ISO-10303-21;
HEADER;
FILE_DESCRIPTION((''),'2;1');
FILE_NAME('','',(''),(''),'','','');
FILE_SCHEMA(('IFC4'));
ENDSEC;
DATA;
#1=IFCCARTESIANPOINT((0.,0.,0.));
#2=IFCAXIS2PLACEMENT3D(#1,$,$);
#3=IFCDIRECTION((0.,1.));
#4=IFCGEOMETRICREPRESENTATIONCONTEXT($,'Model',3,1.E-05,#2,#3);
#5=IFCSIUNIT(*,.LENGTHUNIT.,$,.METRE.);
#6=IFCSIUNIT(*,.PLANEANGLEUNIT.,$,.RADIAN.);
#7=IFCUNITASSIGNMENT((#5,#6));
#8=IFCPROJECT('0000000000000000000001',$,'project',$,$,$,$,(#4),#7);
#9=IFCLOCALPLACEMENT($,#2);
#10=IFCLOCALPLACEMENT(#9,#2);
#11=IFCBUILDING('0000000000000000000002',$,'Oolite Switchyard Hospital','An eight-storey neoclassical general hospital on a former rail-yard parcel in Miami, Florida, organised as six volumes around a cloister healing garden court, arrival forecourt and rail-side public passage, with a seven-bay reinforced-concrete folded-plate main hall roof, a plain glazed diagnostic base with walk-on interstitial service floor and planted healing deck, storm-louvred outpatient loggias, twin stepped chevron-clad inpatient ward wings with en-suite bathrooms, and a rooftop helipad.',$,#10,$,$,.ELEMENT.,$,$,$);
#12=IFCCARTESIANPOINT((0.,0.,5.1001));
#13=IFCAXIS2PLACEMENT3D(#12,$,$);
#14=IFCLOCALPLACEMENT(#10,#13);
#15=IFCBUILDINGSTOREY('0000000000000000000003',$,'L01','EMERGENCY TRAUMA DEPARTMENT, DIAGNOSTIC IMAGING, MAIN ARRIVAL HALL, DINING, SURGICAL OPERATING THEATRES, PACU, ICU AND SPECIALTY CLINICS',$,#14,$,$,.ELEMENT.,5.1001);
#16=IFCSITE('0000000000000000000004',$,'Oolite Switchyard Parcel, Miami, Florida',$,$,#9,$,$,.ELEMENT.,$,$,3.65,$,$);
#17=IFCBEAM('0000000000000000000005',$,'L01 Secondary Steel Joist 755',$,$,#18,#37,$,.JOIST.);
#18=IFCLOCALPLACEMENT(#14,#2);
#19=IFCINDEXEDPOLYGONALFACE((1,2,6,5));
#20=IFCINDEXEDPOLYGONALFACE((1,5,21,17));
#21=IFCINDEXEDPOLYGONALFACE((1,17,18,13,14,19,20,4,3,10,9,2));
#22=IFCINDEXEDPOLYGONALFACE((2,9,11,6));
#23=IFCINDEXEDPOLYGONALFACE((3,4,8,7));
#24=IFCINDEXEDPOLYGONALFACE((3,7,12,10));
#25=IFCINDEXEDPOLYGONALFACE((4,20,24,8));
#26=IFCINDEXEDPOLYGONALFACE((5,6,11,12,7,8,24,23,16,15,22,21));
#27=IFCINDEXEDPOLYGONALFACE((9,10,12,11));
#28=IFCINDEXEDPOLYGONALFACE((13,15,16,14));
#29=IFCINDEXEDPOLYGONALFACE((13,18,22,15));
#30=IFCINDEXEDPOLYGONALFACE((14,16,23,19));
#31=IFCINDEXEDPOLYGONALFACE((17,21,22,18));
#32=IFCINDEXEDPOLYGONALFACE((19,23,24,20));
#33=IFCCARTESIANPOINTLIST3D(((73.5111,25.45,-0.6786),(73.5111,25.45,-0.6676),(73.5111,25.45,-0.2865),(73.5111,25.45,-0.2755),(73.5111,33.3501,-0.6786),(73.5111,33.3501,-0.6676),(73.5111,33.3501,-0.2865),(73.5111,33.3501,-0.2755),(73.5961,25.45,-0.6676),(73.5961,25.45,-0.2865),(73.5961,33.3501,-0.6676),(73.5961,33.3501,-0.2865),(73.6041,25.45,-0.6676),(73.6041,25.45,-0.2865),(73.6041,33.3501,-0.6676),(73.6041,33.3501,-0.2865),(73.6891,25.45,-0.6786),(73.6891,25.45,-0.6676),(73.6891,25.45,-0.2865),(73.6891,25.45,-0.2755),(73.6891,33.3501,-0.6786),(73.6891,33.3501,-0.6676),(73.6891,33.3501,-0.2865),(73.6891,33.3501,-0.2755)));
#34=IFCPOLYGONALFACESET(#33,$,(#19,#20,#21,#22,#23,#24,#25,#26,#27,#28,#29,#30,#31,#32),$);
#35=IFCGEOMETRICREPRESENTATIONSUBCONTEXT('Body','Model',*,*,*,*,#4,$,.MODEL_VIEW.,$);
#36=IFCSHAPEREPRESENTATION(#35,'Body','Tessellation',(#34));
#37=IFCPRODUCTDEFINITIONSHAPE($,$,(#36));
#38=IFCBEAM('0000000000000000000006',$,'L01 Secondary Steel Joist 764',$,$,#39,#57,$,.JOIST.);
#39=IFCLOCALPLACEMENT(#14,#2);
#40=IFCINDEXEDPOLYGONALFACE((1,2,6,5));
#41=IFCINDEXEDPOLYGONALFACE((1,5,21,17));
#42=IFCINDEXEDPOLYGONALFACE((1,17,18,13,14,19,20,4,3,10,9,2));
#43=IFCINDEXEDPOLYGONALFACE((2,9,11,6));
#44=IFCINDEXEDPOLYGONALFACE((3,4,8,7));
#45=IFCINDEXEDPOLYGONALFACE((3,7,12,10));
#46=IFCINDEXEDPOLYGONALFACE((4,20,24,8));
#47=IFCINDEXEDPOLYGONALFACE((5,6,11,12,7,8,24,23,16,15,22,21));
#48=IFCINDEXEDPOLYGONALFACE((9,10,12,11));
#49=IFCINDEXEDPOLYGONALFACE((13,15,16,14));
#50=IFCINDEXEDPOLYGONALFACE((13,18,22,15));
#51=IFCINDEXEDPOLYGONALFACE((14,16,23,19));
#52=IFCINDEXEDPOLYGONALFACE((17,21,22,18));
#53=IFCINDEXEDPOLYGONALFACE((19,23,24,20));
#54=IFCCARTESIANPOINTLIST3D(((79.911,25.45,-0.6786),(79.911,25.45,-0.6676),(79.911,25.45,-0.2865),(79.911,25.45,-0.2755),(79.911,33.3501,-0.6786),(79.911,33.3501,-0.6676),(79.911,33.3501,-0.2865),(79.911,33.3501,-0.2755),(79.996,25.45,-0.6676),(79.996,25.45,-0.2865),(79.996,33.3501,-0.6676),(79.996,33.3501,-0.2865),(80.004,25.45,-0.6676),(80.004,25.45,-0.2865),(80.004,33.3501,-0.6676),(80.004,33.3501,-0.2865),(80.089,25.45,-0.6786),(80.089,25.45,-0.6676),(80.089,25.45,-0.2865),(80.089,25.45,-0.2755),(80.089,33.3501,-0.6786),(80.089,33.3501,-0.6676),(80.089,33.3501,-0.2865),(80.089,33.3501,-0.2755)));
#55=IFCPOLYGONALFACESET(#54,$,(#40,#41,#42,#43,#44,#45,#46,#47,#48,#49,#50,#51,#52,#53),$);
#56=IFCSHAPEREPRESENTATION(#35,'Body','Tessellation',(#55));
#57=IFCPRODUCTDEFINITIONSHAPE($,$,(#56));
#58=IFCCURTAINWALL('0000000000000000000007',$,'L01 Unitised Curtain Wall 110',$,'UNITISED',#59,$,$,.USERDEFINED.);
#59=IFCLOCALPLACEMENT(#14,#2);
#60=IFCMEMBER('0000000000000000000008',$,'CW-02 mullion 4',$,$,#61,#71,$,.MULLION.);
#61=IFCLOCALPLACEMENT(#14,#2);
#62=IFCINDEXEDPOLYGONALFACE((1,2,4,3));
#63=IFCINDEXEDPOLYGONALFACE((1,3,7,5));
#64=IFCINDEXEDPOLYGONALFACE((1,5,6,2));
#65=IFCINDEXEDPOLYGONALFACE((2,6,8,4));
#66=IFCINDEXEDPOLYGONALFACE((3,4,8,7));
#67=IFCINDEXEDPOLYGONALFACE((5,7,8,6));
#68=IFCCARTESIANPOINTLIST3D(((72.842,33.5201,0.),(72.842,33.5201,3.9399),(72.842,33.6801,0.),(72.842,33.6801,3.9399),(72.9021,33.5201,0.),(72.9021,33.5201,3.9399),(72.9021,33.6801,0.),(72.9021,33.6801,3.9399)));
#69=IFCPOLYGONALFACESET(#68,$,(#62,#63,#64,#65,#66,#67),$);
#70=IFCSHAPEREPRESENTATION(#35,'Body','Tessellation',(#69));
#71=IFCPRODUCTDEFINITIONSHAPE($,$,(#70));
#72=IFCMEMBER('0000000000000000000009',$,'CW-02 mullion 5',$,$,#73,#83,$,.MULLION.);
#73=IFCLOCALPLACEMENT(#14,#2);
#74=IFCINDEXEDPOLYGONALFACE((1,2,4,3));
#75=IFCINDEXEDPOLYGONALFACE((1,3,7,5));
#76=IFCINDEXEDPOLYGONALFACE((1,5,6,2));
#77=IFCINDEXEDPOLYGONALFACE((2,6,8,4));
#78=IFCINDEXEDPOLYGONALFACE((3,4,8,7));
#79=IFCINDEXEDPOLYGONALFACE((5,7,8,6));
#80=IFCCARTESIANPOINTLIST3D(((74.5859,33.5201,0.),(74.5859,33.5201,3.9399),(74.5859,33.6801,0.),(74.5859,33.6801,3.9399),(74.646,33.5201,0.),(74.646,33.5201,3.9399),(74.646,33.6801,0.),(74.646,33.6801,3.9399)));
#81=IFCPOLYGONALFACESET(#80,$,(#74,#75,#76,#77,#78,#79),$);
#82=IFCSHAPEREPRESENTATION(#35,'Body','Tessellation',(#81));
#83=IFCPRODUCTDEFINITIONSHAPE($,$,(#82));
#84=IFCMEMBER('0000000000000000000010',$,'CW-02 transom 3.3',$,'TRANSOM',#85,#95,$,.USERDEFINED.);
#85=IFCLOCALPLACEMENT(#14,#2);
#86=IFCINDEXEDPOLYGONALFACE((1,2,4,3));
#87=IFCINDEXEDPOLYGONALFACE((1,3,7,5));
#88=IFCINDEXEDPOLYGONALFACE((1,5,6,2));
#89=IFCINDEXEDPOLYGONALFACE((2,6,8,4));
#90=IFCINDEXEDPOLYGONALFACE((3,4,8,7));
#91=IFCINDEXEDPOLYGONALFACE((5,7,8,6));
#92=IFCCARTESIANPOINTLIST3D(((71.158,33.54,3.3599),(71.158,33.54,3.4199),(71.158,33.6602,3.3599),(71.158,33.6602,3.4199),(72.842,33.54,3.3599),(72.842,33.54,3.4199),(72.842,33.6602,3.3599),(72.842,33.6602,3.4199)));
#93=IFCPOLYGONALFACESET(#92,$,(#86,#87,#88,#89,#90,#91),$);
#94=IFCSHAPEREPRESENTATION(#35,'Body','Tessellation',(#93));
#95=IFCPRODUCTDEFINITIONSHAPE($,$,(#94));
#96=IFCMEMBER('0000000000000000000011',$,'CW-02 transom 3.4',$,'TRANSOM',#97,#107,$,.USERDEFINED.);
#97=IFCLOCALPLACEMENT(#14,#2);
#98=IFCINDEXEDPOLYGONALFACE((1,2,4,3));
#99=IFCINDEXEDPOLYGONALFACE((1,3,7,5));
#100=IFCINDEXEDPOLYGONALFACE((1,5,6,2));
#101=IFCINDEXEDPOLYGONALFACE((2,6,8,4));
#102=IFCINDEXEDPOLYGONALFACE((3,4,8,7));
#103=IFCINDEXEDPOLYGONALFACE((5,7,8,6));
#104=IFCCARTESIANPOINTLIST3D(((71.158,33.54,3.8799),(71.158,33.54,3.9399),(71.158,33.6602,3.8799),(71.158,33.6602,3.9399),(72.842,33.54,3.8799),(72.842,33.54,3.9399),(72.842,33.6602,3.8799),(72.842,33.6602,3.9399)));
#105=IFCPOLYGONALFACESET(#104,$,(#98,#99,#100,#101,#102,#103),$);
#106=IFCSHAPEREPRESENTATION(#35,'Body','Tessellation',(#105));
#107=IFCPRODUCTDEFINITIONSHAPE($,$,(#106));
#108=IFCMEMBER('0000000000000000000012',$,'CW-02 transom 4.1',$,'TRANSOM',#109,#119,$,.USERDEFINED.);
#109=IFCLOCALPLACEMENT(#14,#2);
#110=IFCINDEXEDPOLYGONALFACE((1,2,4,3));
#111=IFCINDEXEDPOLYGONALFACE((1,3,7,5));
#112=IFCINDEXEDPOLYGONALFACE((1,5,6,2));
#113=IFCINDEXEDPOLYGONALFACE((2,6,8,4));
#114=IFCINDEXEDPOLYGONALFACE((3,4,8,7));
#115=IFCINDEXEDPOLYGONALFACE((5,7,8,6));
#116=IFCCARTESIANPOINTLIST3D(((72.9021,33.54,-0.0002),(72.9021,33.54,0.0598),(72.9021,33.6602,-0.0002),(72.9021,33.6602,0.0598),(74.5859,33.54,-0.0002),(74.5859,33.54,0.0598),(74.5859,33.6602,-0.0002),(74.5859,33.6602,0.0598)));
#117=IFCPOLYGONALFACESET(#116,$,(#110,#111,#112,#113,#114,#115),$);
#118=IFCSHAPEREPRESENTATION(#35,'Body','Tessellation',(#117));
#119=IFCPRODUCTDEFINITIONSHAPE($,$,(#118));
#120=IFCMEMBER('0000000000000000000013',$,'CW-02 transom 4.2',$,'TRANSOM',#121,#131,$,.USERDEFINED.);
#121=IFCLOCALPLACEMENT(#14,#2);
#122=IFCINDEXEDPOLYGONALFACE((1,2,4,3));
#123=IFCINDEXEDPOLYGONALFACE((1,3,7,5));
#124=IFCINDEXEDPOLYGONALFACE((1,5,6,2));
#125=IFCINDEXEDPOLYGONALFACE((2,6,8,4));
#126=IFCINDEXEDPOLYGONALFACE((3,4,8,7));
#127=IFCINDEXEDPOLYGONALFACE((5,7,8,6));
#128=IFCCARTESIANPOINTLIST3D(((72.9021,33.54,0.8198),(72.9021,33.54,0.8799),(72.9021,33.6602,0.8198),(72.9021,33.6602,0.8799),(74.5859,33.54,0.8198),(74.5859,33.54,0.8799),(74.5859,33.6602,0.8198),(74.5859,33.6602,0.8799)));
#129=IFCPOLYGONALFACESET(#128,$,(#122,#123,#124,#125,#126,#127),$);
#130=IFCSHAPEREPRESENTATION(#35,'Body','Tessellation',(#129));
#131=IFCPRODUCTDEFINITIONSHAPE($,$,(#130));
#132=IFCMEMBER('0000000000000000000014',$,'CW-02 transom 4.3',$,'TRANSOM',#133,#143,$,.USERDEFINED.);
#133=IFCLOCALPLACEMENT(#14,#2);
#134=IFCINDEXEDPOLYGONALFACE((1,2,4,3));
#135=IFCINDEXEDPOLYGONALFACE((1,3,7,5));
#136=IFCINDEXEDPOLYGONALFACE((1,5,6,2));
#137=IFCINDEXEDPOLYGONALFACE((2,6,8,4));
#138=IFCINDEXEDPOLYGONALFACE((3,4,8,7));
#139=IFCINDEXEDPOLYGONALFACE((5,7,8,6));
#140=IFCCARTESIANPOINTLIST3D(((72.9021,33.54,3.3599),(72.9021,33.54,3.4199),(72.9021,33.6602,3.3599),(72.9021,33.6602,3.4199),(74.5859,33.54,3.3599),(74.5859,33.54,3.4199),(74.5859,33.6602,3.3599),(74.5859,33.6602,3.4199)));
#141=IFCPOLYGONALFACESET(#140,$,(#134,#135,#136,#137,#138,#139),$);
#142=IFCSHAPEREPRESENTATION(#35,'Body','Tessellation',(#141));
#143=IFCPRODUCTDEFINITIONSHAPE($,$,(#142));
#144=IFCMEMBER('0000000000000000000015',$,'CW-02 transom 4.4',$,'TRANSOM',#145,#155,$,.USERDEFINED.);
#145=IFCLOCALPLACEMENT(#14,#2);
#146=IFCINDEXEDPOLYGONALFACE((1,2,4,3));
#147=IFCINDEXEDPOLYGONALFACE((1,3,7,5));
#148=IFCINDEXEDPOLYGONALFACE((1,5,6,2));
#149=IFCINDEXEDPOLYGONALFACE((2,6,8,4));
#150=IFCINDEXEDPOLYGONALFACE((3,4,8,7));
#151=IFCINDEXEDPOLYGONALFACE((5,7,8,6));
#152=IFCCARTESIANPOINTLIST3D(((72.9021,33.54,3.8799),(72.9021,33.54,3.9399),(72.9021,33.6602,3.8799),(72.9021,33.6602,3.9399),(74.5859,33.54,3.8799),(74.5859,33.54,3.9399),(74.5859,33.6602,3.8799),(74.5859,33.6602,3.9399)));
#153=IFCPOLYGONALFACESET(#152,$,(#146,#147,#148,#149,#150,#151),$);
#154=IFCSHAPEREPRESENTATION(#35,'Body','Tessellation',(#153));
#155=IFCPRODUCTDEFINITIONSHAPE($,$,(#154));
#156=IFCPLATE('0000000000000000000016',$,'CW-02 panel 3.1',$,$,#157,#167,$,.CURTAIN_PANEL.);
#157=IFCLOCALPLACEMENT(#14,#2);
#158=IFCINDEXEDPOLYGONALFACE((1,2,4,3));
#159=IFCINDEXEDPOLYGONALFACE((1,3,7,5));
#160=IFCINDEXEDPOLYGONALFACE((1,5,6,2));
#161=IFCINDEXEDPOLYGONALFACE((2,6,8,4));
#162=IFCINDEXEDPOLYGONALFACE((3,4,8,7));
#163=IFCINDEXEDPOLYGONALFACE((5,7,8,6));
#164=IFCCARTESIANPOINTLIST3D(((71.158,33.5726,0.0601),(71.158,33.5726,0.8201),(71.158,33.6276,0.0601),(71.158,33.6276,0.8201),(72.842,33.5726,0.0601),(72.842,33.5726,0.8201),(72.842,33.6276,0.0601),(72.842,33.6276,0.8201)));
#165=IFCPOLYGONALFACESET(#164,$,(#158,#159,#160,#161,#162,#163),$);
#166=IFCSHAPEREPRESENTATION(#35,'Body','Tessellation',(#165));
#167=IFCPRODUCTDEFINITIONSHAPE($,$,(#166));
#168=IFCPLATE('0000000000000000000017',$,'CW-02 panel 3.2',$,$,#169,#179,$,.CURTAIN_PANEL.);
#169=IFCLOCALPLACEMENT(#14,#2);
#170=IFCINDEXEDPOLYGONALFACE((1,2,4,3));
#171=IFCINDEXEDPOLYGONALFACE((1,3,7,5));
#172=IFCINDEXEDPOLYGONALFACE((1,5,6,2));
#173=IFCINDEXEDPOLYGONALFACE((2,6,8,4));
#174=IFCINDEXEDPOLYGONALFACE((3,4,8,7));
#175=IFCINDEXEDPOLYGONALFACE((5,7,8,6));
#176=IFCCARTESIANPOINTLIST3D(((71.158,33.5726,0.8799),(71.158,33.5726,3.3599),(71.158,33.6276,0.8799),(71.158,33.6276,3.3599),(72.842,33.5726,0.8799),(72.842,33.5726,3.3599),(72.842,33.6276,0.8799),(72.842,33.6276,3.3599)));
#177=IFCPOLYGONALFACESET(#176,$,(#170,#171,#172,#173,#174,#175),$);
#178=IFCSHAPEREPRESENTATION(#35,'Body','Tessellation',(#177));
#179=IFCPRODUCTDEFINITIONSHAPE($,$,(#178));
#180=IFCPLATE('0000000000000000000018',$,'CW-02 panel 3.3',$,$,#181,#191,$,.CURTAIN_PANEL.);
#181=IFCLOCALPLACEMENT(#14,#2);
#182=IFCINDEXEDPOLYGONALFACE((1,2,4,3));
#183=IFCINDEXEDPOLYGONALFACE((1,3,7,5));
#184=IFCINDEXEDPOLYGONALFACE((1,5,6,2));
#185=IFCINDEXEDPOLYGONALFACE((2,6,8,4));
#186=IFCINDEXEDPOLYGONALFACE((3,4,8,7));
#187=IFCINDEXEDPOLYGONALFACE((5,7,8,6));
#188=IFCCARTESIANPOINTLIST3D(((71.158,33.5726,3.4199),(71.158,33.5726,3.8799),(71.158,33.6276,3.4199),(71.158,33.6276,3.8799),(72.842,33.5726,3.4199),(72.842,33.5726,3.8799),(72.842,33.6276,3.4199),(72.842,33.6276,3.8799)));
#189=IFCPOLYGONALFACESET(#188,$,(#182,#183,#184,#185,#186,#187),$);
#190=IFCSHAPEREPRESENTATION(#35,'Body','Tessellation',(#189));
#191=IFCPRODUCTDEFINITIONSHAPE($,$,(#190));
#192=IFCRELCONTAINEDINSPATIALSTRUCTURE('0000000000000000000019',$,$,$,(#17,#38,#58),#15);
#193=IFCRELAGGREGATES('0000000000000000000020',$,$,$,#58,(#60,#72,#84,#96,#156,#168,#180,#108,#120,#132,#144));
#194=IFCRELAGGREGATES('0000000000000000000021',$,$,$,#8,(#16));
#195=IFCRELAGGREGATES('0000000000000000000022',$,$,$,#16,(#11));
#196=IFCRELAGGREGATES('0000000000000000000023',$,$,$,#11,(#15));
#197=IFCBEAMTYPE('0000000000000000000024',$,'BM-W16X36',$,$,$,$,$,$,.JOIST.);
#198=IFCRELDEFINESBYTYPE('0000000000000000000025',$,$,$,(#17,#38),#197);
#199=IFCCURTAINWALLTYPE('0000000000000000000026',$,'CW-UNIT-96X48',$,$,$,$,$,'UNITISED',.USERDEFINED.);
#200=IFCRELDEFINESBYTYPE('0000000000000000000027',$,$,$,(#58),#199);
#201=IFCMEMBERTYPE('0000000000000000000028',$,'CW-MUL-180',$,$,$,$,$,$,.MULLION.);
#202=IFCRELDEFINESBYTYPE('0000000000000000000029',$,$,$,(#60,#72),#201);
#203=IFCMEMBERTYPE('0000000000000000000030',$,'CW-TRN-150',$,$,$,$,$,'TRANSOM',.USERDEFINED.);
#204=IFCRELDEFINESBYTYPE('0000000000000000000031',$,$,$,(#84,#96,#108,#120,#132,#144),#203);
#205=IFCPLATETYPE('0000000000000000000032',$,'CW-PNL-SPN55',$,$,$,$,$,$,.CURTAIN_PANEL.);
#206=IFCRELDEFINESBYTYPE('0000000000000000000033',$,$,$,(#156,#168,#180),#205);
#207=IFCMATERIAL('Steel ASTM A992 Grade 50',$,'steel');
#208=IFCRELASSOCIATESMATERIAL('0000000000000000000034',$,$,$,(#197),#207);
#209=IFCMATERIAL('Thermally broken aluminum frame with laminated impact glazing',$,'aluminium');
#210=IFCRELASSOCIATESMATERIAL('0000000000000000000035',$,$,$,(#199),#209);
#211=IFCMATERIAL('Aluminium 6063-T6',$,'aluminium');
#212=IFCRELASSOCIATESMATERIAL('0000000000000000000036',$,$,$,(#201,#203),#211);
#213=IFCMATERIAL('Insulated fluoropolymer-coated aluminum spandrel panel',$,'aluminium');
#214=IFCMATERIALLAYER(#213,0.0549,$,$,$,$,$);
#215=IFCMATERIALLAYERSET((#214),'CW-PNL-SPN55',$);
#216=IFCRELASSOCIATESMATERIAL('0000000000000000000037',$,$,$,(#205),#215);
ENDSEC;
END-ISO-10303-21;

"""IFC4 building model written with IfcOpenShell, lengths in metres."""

from ifc_helpers import new_model, si_unit, direction, frame, origin, origin_2d, place, context, subcontext, project, spatial, rectangle, i_section, extrude, material, layer, layer_set, material_profile, profile_set, type_object, element, aggregate, save


model = new_model("IFC4")

# Units and contexts
model_context = context("Model", 3, precision=1e-05, world=origin(), true_north=direction((0.0, 1.0)))
body_context = subcontext(model_context, "Body", "Model", "MODEL_VIEW")
ifc_project = project(units=[si_unit("LENGTHUNIT", "METRE"), si_unit("PLANEANGLEUNIT", "RADIAN")], contexts=[model_context])

# Site, building, storey
site_placement = place(None, origin())
site = spatial("IfcSite", under=ifc_project, at=site_placement, Name="Oolite Switchyard Parcel, Miami, Florida", CompositionType="ELEMENT", RefElevation=3.65)
building_placement = place(site_placement, origin())
building = spatial("IfcBuilding", under=site, at=building_placement, Name="Oolite Switchyard Hospital", Description="An eight-storey neoclassical general hospital on a former rail-yard parcel in Miami, Florida, organised as six volumes around a cloister healing garden court, arrival forecourt and rail-side public passage, with a seven-bay reinforced-concrete folded-plate main hall roof, a plain glazed diagnostic base with walk-on interstitial service floor and planted healing deck, storm-louvred outpatient loggias, twin stepped chevron-clad inpatient ward wings with en-suite bathrooms, and a rooftop helipad.", CompositionType="ELEMENT")
storey_placement = place(building_placement, frame((0.0, 0.0, 5.1001)))
storey = spatial("IfcBuildingStorey", under=building, at=storey_placement, Name="L01", Description="EMERGENCY TRAUMA DEPARTMENT, DIAGNOSTIC IMAGING, MAIN ARRIVAL HALL, DINING, SURGICAL OPERATING THEATRES, PACU, ICU AND SPECIALTY CLINICS", CompositionType="ELEMENT", Elevation=5.1001)

# Beams
ifc_material_1 = material(Name="Steel ASTM A992 Grade 50", Category="steel")
ifc_material_profile_1 = material_profile(ifc_material_1, i_section(OverallWidth=0.178, OverallDepth=0.4031, WebThickness=0.0081, FlangeThickness=0.011, at=origin_2d()), Name="W16X36")
ifc_profile_set_1 = profile_set([ifc_material_profile_1], Name="Steel ASTM A992 Grade 50")
beam_type_1 = type_object("IfcBeamType", Name="BM-W16X36", PredefinedType="JOIST", material=ifc_profile_set_1)
for number, where, z_axis, x_axis, name in (
    (1, (73.6001, 25.45, -0.4771), (0.0, 1.0, 0.0), (-1.0, 0.0, 0.0), "L01 Secondary Steel Joist 755"),
    (2, (80.0, 25.45, -0.4771), (0.0, 1.0, 0.0), (-1.0, 0.0, 0.0), "L01 Secondary Steel Joist 764"),
):
    element("IfcBeam", number, at=place(storey_placement, frame(where, z_axis=z_axis, x_axis=x_axis)), inside=storey, type_object=beam_type_1, Name=name, PredefinedType="JOIST", context=body_context, shape_type="SweptSolid", body=[
        extrude(i_section(OverallWidth=0.178, OverallDepth=0.4031, WebThickness=0.0081, FlangeThickness=0.011, at=origin_2d()), origin(), (0.0, 0.0, 1.0), 7.9001),
    ])

# Curtain wall, members, plates
ifc_material_2 = material(Name="Thermally broken aluminum frame with laminated impact glazing", Category="aluminium")
curtain_wall_type = type_object("IfcCurtainWallType", Name="CW-UNIT-96X48", ElementType="UNITISED", PredefinedType="USERDEFINED", material=ifc_material_2)
curtain_wall_placement = place(storey_placement, origin())
curtain_wall = element("IfcCurtainWall", 3, at=curtain_wall_placement, inside=storey, type_object=curtain_wall_type, Name="L01 Unitised Curtain Wall 110", ObjectType="UNITISED", PredefinedType="USERDEFINED")
ifc_material_3 = material(Name="Aluminium 6063-T6", Category="aluminium")
ifc_material_profile_2 = material_profile(ifc_material_3, rectangle(XDim=0.1599, YDim=0.0601, at=origin_2d()), Name="CWM60X160")
ifc_profile_set_2 = profile_set([ifc_material_profile_2], Name="Aluminium 6063-T6")
member_type_1 = type_object("IfcMemberType", Name="CW-MUL-180", PredefinedType="MULLION", material=ifc_profile_set_2)
member_1_placement = place(storey_placement, frame((72.8721, 33.6001, 0.0), z_axis=(0.0, 0.0, 1.0), x_axis=(0.0, 1.0, 0.0)))
member_1 = element("IfcMember", 4, at=member_1_placement, type_object=member_type_1, Name="CW-02 mullion 4", PredefinedType="MULLION", context=body_context, shape_type="SweptSolid", body=[
    extrude(rectangle(XDim=0.1599, YDim=0.0601, at=origin_2d()), origin(), (0.0, 0.0, 1.0), 3.9399),
])
member_2_placement = place(storey_placement, frame((74.616, 33.6001, 0.0), z_axis=(0.0, 0.0, 1.0), x_axis=(0.0, 1.0, 0.0)))
member_2 = element("IfcMember", 5, at=member_2_placement, type_object=member_type_1, Name="CW-02 mullion 5", PredefinedType="MULLION", context=body_context, shape_type="SweptSolid", body=[
    extrude(rectangle(XDim=0.1599, YDim=0.0601, at=origin_2d()), origin(), (0.0, 0.0, 1.0), 3.9399),
])
ifc_material_profile_3 = material_profile(ifc_material_3, rectangle(XDim=0.1201, YDim=0.0601, at=origin_2d()), Name="CWT60X120")
ifc_profile_set_3 = profile_set([ifc_material_profile_3], Name="Aluminium 6063-T6")
member_type_2 = type_object("IfcMemberType", Name="CW-TRN-150", ElementType="TRANSOM", PredefinedType="USERDEFINED", material=ifc_profile_set_3)
member_3_placement = place(storey_placement, frame((71.158, 33.6001, 3.3899), z_axis=(1.0, 0.0, 0.0), x_axis=(0.0, 1.0, 0.0)))
member_3 = element("IfcMember", 6, at=member_3_placement, type_object=member_type_2, Name="CW-02 transom 3.3", ObjectType="TRANSOM", PredefinedType="USERDEFINED", context=body_context, shape_type="SweptSolid", body=[
    extrude(rectangle(XDim=0.1201, YDim=0.0601, at=origin_2d()), origin(), (0.0, 0.0, 1.0), 1.6841),
])
member_4_placement = place(storey_placement, frame((71.158, 33.6001, 3.9099), z_axis=(1.0, 0.0, 0.0), x_axis=(0.0, 1.0, 0.0)))
member_4 = element("IfcMember", 7, at=member_4_placement, type_object=member_type_2, Name="CW-02 transom 3.4", ObjectType="TRANSOM", PredefinedType="USERDEFINED", context=body_context, shape_type="SweptSolid", body=[
    extrude(rectangle(XDim=0.1201, YDim=0.0601, at=origin_2d()), origin(), (0.0, 0.0, 1.0), 1.6841),
])
member_5_placement = place(storey_placement, frame((72.9021, 33.6001, 0.0298), z_axis=(1.0, 0.0, 0.0), x_axis=(0.0, 1.0, 0.0)))
member_5 = element("IfcMember", 8, at=member_5_placement, type_object=member_type_2, Name="CW-02 transom 4.1", ObjectType="TRANSOM", PredefinedType="USERDEFINED", context=body_context, shape_type="SweptSolid", body=[
    extrude(rectangle(XDim=0.1201, YDim=0.0601, at=origin_2d()), origin(), (0.0, 0.0, 1.0), 1.6838),
])
member_6_placement = place(storey_placement, frame((72.9021, 33.6001, 0.8499), z_axis=(1.0, 0.0, 0.0), x_axis=(0.0, 1.0, 0.0)))
member_6 = element("IfcMember", 9, at=member_6_placement, type_object=member_type_2, Name="CW-02 transom 4.2", ObjectType="TRANSOM", PredefinedType="USERDEFINED", context=body_context, shape_type="SweptSolid", body=[
    extrude(rectangle(XDim=0.1201, YDim=0.0601, at=origin_2d()), origin(), (0.0, 0.0, 1.0), 1.6838),
])
member_7_placement = place(storey_placement, frame((72.9021, 33.6001, 3.3899), z_axis=(1.0, 0.0, 0.0), x_axis=(0.0, 1.0, 0.0)))
member_7 = element("IfcMember", 10, at=member_7_placement, type_object=member_type_2, Name="CW-02 transom 4.3", ObjectType="TRANSOM", PredefinedType="USERDEFINED", context=body_context, shape_type="SweptSolid", body=[
    extrude(rectangle(XDim=0.1201, YDim=0.0601, at=origin_2d()), origin(), (0.0, 0.0, 1.0), 1.6838),
])
member_8_placement = place(storey_placement, frame((72.9021, 33.6001, 3.9099), z_axis=(1.0, 0.0, 0.0), x_axis=(0.0, 1.0, 0.0)))
member_8 = element("IfcMember", 11, at=member_8_placement, type_object=member_type_2, Name="CW-02 transom 4.4", ObjectType="TRANSOM", PredefinedType="USERDEFINED", context=body_context, shape_type="SweptSolid", body=[
    extrude(rectangle(XDim=0.1201, YDim=0.0601, at=origin_2d()), origin(), (0.0, 0.0, 1.0), 1.6838),
])
ifc_material_4 = material(Name="Insulated fluoropolymer-coated aluminum spandrel panel", Category="aluminium")
ifc_layer = layer(ifc_material_4, 0.0549)
ifc_layer_set = layer_set([ifc_layer], Name="CW-PNL-SPN55")
plate_type = type_object("IfcPlateType", Name="CW-PNL-SPN55", PredefinedType="CURTAIN_PANEL", material=ifc_layer_set)
plate_1_placement = place(storey_placement, frame((72.0, 33.6001, 0.0601), z_axis=(0.0, 0.0, 1.0), x_axis=(1.0, 0.0, 0.0)))
plate_1 = element("IfcPlate", 12, at=plate_1_placement, type_object=plate_type, Name="CW-02 panel 3.1", PredefinedType="CURTAIN_PANEL", context=body_context, shape_type="SweptSolid", body=[
    extrude(rectangle(XDim=1.6841, YDim=0.0549, at=origin_2d()), origin(), (0.0, 0.0, 1.0), 0.76),
])
plate_2_placement = place(storey_placement, frame((72.0, 33.6001, 0.8799), z_axis=(0.0, 0.0, 1.0), x_axis=(1.0, 0.0, 0.0)))
plate_2 = element("IfcPlate", 13, at=plate_2_placement, type_object=plate_type, Name="CW-02 panel 3.2", PredefinedType="CURTAIN_PANEL", context=body_context, shape_type="SweptSolid", body=[
    extrude(rectangle(XDim=1.6841, YDim=0.0549, at=origin_2d()), origin(), (0.0, 0.0, 1.0), 2.48),
])
plate_3_placement = place(storey_placement, frame((72.0, 33.6001, 3.4199), z_axis=(0.0, 0.0, 1.0), x_axis=(1.0, 0.0, 0.0)))
plate_3 = element("IfcPlate", 14, at=plate_3_placement, type_object=plate_type, Name="CW-02 panel 3.3", PredefinedType="CURTAIN_PANEL", context=body_context, shape_type="SweptSolid", body=[
    extrude(rectangle(XDim=1.6841, YDim=0.0549, at=origin_2d()), origin(), (0.0, 0.0, 1.0), 0.46),
])
aggregate(curtain_wall, [member_1, member_2, member_3, member_4, plate_1, plate_2, plate_3, member_5, member_6, member_7, member_8])

save(model, "model.ifc")
